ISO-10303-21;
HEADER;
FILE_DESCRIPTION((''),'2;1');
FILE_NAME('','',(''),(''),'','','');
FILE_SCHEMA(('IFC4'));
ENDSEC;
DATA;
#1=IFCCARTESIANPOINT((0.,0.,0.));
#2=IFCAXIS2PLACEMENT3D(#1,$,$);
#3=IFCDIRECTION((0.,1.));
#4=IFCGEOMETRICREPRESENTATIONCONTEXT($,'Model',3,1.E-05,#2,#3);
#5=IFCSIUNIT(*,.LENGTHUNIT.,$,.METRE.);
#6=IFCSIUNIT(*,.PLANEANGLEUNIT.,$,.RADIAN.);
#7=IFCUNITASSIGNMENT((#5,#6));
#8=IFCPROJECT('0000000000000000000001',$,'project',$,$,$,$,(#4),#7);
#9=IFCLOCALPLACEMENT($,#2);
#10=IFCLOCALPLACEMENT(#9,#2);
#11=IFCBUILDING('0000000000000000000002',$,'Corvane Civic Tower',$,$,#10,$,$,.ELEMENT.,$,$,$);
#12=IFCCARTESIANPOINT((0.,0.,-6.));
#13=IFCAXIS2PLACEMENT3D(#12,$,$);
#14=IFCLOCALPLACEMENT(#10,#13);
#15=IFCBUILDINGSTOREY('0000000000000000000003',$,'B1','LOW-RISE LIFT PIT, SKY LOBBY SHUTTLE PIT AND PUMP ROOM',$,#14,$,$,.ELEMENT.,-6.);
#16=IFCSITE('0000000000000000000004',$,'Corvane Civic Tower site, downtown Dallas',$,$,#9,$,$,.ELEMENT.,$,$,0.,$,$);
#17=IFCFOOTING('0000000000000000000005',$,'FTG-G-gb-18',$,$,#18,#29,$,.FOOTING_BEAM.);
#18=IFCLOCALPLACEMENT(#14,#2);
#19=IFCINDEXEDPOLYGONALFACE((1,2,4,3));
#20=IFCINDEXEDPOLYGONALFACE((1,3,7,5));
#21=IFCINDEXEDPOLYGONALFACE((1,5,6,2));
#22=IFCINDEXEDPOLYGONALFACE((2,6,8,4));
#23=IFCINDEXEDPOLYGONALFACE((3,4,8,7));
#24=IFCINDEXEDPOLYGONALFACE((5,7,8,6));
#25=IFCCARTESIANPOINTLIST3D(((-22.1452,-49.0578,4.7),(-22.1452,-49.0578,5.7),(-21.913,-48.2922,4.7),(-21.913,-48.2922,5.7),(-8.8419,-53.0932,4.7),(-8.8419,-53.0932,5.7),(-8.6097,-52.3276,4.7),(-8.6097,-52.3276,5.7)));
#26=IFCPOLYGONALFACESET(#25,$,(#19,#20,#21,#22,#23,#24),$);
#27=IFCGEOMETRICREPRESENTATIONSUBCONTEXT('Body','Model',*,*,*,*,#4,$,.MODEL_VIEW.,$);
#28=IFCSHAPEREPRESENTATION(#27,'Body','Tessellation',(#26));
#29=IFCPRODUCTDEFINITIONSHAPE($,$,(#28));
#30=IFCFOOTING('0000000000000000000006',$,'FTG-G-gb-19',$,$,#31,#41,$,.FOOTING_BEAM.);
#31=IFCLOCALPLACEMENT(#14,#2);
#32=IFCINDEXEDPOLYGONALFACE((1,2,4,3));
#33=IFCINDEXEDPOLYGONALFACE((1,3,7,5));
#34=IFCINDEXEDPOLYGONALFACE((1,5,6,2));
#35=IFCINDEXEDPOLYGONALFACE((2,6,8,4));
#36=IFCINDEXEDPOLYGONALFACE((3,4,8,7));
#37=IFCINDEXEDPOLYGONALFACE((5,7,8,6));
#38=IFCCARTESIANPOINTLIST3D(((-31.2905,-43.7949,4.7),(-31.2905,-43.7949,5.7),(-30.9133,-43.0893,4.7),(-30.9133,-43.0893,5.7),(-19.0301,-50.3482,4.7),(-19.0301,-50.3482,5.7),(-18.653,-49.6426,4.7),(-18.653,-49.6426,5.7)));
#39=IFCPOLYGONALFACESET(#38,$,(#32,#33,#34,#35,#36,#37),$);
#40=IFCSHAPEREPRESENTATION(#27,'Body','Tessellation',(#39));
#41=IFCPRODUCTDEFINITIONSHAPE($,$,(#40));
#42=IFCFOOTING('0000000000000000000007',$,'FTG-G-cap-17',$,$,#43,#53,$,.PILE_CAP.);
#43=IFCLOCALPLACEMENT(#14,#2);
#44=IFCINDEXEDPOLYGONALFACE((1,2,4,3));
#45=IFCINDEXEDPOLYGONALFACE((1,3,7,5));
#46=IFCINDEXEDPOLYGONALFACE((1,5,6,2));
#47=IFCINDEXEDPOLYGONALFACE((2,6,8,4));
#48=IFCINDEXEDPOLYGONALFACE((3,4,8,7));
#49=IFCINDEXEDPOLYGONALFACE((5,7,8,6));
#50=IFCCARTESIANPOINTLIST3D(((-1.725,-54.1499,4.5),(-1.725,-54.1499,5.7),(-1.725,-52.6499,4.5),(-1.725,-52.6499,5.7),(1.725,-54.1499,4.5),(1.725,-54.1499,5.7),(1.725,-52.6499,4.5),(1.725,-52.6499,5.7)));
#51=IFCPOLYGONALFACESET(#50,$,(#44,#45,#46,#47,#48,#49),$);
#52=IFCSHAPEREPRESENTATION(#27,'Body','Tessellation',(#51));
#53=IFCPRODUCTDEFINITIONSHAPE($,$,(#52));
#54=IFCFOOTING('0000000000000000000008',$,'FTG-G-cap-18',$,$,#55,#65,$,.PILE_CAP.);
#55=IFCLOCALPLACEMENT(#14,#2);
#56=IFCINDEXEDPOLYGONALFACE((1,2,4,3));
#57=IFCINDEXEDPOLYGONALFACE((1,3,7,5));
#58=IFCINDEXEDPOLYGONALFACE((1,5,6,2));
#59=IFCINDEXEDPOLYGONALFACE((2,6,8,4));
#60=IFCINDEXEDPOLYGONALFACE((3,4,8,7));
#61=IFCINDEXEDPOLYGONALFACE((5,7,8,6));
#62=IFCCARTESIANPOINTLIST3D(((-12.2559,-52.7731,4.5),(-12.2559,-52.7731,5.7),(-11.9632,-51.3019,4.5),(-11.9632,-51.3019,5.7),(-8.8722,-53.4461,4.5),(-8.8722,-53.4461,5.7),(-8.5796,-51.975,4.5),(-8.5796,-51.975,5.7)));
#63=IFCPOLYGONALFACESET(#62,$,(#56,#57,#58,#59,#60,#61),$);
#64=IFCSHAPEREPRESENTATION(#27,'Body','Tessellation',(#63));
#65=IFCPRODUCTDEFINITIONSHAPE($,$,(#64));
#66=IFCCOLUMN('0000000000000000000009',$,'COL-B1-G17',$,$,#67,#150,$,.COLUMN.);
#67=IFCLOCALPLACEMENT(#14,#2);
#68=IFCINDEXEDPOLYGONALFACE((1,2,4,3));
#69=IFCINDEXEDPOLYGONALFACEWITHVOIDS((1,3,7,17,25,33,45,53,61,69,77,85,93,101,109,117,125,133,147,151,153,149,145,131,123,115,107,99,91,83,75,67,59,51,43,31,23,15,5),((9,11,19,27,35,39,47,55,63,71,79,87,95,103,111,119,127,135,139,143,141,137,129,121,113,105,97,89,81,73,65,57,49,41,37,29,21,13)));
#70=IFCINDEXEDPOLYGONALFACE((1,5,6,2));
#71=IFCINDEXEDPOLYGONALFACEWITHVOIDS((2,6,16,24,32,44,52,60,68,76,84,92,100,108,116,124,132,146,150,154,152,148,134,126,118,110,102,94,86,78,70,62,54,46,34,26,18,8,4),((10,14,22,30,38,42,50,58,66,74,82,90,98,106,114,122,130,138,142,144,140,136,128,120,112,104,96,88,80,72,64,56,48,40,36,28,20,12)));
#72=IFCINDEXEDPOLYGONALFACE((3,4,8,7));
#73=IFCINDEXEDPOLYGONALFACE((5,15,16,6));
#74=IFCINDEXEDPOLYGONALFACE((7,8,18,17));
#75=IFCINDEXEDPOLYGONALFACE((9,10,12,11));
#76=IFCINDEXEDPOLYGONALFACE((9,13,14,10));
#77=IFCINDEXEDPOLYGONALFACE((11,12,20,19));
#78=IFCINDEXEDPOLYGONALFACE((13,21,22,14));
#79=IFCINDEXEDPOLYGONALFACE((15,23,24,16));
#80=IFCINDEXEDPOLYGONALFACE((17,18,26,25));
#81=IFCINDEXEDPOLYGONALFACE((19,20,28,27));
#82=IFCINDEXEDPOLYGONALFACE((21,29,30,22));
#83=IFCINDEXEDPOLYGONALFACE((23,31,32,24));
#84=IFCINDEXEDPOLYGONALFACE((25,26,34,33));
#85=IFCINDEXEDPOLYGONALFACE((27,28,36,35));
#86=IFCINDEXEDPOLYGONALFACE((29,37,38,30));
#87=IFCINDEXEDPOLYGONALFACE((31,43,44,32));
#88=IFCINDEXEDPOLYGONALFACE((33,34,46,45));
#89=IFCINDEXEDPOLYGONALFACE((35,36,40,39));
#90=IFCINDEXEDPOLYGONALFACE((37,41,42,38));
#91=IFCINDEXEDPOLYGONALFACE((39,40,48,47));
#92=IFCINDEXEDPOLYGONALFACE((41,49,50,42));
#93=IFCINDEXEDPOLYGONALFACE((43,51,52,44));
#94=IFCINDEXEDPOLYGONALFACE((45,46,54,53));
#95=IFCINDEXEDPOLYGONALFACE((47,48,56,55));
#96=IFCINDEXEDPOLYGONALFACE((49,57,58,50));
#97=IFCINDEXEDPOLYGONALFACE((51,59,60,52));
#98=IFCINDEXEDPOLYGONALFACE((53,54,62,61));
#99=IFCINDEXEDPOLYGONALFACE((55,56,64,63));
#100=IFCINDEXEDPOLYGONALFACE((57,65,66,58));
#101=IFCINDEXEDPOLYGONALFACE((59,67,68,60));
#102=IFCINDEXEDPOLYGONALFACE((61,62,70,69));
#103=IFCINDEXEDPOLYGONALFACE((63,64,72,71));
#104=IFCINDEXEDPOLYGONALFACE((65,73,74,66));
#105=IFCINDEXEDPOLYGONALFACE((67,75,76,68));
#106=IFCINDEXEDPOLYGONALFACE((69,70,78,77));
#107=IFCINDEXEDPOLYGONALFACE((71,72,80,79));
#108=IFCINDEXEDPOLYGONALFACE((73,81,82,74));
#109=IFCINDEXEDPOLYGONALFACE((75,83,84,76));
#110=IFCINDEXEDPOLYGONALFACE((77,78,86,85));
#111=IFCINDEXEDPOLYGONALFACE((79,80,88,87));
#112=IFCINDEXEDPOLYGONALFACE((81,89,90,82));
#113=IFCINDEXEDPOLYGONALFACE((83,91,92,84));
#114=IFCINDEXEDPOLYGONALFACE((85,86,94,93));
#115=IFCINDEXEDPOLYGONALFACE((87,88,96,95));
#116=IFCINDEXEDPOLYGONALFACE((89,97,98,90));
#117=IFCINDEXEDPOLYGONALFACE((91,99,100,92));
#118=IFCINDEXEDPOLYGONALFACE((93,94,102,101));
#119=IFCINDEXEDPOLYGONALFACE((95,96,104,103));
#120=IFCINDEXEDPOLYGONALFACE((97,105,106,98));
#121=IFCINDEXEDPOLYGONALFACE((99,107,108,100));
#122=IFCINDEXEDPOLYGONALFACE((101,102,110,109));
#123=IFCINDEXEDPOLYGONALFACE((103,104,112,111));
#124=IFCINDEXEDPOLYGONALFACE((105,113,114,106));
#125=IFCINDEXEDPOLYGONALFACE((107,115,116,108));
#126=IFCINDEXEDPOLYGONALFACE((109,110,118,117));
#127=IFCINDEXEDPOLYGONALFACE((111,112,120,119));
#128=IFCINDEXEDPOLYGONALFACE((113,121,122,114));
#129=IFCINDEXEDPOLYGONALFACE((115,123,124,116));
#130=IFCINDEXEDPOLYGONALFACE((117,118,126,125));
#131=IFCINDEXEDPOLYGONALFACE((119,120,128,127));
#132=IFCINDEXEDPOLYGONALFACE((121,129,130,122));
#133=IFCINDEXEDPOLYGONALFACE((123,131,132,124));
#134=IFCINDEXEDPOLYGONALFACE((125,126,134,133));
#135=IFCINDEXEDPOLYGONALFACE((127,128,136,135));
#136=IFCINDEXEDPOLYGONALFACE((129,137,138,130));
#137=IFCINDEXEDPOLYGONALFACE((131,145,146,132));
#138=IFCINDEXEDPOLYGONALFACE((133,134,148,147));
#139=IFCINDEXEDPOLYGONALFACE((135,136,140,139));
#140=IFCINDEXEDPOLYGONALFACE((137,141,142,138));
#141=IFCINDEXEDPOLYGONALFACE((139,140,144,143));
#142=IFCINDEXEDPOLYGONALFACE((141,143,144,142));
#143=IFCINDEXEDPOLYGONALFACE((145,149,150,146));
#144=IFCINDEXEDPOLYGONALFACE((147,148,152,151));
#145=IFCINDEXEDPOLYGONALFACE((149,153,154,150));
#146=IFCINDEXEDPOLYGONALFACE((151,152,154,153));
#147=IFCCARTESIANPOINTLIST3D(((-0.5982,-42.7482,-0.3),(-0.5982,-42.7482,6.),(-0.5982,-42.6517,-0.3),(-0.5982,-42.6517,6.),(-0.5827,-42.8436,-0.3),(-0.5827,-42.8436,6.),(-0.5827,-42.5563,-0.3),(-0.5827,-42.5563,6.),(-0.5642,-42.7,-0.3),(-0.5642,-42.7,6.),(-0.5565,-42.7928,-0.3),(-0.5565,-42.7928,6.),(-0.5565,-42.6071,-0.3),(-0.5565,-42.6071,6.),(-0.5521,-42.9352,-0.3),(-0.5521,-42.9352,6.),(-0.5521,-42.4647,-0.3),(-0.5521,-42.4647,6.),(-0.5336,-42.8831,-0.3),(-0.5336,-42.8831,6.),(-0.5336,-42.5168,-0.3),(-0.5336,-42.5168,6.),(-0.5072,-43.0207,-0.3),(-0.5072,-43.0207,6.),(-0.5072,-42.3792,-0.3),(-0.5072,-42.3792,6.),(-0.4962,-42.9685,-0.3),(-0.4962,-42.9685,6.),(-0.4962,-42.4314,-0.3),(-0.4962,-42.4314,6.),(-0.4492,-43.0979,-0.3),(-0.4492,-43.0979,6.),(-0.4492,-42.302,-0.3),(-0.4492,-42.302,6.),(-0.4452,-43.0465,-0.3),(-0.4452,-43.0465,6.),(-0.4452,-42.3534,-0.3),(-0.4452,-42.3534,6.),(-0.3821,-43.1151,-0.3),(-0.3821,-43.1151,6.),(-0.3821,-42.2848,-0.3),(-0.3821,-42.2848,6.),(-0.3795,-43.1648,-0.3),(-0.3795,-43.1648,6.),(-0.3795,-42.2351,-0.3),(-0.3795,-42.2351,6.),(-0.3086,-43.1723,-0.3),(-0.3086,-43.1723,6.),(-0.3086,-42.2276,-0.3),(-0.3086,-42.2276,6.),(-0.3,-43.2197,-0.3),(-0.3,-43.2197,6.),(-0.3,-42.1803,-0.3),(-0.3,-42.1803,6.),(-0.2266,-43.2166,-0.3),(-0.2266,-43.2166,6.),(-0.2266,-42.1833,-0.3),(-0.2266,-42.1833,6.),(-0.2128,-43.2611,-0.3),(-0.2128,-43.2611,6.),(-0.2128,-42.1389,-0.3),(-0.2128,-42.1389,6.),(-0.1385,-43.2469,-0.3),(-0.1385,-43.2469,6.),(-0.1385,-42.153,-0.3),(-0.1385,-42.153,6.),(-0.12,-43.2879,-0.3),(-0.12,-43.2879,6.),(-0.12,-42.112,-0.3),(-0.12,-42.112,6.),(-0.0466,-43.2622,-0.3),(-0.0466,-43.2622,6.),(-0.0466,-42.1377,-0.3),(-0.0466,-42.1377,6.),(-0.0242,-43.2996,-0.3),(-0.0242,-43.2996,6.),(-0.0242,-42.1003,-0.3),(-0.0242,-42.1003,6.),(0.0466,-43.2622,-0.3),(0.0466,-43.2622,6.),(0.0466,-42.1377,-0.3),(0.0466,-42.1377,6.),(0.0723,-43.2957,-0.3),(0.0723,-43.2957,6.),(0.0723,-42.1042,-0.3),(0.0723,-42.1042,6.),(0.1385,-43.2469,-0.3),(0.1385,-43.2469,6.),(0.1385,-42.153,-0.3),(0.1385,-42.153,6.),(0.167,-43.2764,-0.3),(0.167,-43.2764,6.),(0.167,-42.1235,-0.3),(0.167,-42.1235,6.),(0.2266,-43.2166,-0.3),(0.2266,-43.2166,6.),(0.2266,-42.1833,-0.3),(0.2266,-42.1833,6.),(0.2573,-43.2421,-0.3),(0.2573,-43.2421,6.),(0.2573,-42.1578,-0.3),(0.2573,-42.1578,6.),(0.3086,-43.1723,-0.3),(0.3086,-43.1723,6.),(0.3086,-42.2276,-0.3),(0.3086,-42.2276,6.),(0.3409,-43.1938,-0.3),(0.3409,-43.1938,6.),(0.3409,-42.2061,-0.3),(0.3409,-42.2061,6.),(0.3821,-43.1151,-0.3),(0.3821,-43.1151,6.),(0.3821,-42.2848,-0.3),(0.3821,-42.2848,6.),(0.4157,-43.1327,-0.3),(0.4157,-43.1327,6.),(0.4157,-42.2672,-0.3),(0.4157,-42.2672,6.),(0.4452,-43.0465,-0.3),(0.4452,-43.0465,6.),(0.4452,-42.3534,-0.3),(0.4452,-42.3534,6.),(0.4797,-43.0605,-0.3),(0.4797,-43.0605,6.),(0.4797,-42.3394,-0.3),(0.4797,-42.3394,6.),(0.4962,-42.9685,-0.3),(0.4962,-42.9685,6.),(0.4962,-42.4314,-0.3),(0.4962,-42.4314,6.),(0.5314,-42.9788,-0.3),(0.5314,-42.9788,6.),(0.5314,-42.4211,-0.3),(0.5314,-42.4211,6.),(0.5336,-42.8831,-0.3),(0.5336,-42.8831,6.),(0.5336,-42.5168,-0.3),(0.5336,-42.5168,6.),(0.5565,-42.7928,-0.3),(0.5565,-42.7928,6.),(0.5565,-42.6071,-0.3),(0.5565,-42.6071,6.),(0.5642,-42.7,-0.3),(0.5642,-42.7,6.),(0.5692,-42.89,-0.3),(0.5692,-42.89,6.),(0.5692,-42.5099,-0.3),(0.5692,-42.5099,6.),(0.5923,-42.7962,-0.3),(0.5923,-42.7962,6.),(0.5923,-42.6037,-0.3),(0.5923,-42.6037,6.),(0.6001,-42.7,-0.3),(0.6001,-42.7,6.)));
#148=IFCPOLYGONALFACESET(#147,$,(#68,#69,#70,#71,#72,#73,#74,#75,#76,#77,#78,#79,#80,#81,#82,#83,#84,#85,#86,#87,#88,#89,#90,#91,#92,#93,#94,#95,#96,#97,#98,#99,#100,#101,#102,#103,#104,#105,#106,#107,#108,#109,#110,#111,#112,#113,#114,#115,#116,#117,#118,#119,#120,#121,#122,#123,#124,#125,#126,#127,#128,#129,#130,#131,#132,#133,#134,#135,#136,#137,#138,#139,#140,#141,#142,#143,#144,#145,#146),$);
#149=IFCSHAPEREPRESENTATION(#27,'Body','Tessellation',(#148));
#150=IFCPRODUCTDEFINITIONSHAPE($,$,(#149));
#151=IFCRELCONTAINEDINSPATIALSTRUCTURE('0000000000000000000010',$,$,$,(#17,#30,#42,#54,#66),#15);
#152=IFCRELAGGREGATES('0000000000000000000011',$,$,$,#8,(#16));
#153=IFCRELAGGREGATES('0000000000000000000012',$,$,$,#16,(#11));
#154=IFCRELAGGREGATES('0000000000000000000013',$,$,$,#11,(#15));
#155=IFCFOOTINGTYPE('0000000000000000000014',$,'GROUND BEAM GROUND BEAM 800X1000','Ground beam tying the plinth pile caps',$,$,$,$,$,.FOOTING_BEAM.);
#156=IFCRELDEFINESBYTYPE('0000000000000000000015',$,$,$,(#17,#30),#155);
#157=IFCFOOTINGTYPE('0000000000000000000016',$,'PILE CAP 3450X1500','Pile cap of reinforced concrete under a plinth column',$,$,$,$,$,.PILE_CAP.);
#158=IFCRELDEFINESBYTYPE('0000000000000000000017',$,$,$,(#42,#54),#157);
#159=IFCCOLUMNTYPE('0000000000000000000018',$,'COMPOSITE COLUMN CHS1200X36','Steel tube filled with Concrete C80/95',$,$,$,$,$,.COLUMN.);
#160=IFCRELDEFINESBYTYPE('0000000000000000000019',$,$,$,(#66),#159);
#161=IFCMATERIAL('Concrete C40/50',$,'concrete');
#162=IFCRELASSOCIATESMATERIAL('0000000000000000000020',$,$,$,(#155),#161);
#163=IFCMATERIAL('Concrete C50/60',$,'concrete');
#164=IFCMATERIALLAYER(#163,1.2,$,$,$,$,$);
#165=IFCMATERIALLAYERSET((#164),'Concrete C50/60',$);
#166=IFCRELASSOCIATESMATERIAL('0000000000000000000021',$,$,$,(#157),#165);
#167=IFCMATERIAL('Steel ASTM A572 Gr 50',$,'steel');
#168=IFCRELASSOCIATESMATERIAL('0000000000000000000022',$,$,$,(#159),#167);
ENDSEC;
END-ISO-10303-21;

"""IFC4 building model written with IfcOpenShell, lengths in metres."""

from ifc_helpers import new_model, si_unit, direction, frame, origin, origin_2d, place, context, subcontext, project, spatial, rectangle, hollow_circle, extrude, material, layer, layer_set, material_profile, profile_set, type_object, element, save


model = new_model("IFC4")

# Units and contexts
model_context = context("Model", 3, precision=1e-05, world=origin(), true_north=direction((0.0, 1.0)))
body_context = subcontext(model_context, "Body", "Model", "MODEL_VIEW")
ifc_project = project(units=[si_unit("LENGTHUNIT", "METRE"), si_unit("PLANEANGLEUNIT", "RADIAN")], contexts=[model_context])

# Site, building, storey
site_placement = place(None, origin())
site = spatial("IfcSite", under=ifc_project, at=site_placement, Name="Corvane Civic Tower site, downtown Dallas", CompositionType="ELEMENT", RefElevation=0.0)
building_placement = place(site_placement, origin())
building = spatial("IfcBuilding", under=site, at=building_placement, Name="Corvane Civic Tower", CompositionType="ELEMENT")
storey_placement = place(building_placement, frame((0.0, 0.0, -6.0)))
storey = spatial("IfcBuildingStorey", under=building, at=storey_placement, Name="B1", Description="LOW-RISE LIFT PIT, SKY LOBBY SHUTTLE PIT AND PUMP ROOM", CompositionType="ELEMENT", Elevation=-6.0)

# Footings
ifc_material_1 = material(Name="Concrete C40/50", Category="concrete")
ifc_material_profile_1 = material_profile(ifc_material_1, rectangle(XDim=0.8, YDim=1.0, at=origin_2d()), Name="GROUND BEAM 800X1000")
ifc_profile_set_1 = profile_set([ifc_material_profile_1], Name="Concrete C40/50")
footing_type_1 = type_object("IfcFootingType", Name="GROUND BEAM GROUND BEAM 800X1000", Description="Ground beam tying the plinth pile caps", PredefinedType="FOOTING_BEAM", material=ifc_profile_set_1)
for number, where, z_axis, x_axis, name in (
    (1, (-8.7258, -52.7104, 5.2), (-0.956942, 0.290279, 0.0), (-0.290279, -0.956942, 0.0), "FTG-G-gb-18"),
    (2, (-18.8416, -49.9954, 5.2), (-0.881922, 0.471396, 0.0), (-0.471396, -0.881922, 0.0), "FTG-G-gb-19"),
):
    element("IfcFooting", number, at=place(storey_placement, frame(where, z_axis=z_axis, x_axis=x_axis)), inside=storey, type_object=footing_type_1, Name=name, PredefinedType="FOOTING_BEAM", context=body_context, shape_type="SweptSolid", body=[
        extrude(rectangle(XDim=0.8, YDim=1.0, at=origin_2d()), origin(), (0.0, 0.0, 1.0), 13.9019),
    ])
ifc_material_2 = material(Name="Concrete C50/60", Category="concrete")
ifc_layer = layer(ifc_material_2, 1.2)
ifc_layer_set = layer_set([ifc_layer], Name="Concrete C50/60")
footing_type_2 = type_object("IfcFootingType", Name="PILE CAP 3450X1500", Description="Pile cap of reinforced concrete under a plinth column", PredefinedType="PILE_CAP", material=ifc_layer_set)
for number, where, z_axis, x_axis, name in (
    (3, (0.0, -53.3999, 4.5), (0.0, 0.0, 1.0), (1.0, 0.0, 0.0), "FTG-G-cap-17"),
    (4, (-10.4177, -52.374, 4.5), (0.0, 0.0, 1.0), (0.980785, -0.19509, 0.0), "FTG-G-cap-18"),
):
    element("IfcFooting", number, at=place(storey_placement, frame(where, z_axis=z_axis, x_axis=x_axis)), inside=storey, type_object=footing_type_2, Name=name, PredefinedType="PILE_CAP", context=body_context, shape_type="SweptSolid", body=[
        extrude(rectangle(XDim=3.45, YDim=1.5, at=origin_2d()), origin(), (0.0, 0.0, 1.0), 1.2),
    ])

# Column
ifc_material_3 = material(Name="Steel ASTM A572 Gr 50", Category="steel")
ifc_material_profile_2 = material_profile(ifc_material_3, hollow_circle(Radius=0.6001, WallThickness=0.0359, at=origin_2d()), Name="CHS1200X36")
ifc_profile_set_2 = profile_set([ifc_material_profile_2], Name="Steel ASTM A572 Gr 50")
column_type_1 = type_object("IfcColumnType", Name="COMPOSITE COLUMN CHS1200X36", Description="Steel tube filled with Concrete C80/95", PredefinedType="COLUMN", material=ifc_profile_set_2)
for number, where, z_axis, x_axis, name in (
    (5, (0.0, -42.7, -0.3), (0.0, 0.0, 1.0), (1.0, 0.0, 0.0), "COL-B1-G17"),
):
    element("IfcColumn", number, at=place(storey_placement, frame(where, z_axis=z_axis, x_axis=x_axis)), inside=storey, type_object=column_type_1, Name=name, PredefinedType="COLUMN", context=body_context, shape_type="SweptSolid", body=[
        extrude(hollow_circle(Radius=0.6001, WallThickness=0.0359, at=origin_2d()), origin(), (0.0, 0.0, 1.0), 6.3),
    ])

save(model, "model.ifc")
